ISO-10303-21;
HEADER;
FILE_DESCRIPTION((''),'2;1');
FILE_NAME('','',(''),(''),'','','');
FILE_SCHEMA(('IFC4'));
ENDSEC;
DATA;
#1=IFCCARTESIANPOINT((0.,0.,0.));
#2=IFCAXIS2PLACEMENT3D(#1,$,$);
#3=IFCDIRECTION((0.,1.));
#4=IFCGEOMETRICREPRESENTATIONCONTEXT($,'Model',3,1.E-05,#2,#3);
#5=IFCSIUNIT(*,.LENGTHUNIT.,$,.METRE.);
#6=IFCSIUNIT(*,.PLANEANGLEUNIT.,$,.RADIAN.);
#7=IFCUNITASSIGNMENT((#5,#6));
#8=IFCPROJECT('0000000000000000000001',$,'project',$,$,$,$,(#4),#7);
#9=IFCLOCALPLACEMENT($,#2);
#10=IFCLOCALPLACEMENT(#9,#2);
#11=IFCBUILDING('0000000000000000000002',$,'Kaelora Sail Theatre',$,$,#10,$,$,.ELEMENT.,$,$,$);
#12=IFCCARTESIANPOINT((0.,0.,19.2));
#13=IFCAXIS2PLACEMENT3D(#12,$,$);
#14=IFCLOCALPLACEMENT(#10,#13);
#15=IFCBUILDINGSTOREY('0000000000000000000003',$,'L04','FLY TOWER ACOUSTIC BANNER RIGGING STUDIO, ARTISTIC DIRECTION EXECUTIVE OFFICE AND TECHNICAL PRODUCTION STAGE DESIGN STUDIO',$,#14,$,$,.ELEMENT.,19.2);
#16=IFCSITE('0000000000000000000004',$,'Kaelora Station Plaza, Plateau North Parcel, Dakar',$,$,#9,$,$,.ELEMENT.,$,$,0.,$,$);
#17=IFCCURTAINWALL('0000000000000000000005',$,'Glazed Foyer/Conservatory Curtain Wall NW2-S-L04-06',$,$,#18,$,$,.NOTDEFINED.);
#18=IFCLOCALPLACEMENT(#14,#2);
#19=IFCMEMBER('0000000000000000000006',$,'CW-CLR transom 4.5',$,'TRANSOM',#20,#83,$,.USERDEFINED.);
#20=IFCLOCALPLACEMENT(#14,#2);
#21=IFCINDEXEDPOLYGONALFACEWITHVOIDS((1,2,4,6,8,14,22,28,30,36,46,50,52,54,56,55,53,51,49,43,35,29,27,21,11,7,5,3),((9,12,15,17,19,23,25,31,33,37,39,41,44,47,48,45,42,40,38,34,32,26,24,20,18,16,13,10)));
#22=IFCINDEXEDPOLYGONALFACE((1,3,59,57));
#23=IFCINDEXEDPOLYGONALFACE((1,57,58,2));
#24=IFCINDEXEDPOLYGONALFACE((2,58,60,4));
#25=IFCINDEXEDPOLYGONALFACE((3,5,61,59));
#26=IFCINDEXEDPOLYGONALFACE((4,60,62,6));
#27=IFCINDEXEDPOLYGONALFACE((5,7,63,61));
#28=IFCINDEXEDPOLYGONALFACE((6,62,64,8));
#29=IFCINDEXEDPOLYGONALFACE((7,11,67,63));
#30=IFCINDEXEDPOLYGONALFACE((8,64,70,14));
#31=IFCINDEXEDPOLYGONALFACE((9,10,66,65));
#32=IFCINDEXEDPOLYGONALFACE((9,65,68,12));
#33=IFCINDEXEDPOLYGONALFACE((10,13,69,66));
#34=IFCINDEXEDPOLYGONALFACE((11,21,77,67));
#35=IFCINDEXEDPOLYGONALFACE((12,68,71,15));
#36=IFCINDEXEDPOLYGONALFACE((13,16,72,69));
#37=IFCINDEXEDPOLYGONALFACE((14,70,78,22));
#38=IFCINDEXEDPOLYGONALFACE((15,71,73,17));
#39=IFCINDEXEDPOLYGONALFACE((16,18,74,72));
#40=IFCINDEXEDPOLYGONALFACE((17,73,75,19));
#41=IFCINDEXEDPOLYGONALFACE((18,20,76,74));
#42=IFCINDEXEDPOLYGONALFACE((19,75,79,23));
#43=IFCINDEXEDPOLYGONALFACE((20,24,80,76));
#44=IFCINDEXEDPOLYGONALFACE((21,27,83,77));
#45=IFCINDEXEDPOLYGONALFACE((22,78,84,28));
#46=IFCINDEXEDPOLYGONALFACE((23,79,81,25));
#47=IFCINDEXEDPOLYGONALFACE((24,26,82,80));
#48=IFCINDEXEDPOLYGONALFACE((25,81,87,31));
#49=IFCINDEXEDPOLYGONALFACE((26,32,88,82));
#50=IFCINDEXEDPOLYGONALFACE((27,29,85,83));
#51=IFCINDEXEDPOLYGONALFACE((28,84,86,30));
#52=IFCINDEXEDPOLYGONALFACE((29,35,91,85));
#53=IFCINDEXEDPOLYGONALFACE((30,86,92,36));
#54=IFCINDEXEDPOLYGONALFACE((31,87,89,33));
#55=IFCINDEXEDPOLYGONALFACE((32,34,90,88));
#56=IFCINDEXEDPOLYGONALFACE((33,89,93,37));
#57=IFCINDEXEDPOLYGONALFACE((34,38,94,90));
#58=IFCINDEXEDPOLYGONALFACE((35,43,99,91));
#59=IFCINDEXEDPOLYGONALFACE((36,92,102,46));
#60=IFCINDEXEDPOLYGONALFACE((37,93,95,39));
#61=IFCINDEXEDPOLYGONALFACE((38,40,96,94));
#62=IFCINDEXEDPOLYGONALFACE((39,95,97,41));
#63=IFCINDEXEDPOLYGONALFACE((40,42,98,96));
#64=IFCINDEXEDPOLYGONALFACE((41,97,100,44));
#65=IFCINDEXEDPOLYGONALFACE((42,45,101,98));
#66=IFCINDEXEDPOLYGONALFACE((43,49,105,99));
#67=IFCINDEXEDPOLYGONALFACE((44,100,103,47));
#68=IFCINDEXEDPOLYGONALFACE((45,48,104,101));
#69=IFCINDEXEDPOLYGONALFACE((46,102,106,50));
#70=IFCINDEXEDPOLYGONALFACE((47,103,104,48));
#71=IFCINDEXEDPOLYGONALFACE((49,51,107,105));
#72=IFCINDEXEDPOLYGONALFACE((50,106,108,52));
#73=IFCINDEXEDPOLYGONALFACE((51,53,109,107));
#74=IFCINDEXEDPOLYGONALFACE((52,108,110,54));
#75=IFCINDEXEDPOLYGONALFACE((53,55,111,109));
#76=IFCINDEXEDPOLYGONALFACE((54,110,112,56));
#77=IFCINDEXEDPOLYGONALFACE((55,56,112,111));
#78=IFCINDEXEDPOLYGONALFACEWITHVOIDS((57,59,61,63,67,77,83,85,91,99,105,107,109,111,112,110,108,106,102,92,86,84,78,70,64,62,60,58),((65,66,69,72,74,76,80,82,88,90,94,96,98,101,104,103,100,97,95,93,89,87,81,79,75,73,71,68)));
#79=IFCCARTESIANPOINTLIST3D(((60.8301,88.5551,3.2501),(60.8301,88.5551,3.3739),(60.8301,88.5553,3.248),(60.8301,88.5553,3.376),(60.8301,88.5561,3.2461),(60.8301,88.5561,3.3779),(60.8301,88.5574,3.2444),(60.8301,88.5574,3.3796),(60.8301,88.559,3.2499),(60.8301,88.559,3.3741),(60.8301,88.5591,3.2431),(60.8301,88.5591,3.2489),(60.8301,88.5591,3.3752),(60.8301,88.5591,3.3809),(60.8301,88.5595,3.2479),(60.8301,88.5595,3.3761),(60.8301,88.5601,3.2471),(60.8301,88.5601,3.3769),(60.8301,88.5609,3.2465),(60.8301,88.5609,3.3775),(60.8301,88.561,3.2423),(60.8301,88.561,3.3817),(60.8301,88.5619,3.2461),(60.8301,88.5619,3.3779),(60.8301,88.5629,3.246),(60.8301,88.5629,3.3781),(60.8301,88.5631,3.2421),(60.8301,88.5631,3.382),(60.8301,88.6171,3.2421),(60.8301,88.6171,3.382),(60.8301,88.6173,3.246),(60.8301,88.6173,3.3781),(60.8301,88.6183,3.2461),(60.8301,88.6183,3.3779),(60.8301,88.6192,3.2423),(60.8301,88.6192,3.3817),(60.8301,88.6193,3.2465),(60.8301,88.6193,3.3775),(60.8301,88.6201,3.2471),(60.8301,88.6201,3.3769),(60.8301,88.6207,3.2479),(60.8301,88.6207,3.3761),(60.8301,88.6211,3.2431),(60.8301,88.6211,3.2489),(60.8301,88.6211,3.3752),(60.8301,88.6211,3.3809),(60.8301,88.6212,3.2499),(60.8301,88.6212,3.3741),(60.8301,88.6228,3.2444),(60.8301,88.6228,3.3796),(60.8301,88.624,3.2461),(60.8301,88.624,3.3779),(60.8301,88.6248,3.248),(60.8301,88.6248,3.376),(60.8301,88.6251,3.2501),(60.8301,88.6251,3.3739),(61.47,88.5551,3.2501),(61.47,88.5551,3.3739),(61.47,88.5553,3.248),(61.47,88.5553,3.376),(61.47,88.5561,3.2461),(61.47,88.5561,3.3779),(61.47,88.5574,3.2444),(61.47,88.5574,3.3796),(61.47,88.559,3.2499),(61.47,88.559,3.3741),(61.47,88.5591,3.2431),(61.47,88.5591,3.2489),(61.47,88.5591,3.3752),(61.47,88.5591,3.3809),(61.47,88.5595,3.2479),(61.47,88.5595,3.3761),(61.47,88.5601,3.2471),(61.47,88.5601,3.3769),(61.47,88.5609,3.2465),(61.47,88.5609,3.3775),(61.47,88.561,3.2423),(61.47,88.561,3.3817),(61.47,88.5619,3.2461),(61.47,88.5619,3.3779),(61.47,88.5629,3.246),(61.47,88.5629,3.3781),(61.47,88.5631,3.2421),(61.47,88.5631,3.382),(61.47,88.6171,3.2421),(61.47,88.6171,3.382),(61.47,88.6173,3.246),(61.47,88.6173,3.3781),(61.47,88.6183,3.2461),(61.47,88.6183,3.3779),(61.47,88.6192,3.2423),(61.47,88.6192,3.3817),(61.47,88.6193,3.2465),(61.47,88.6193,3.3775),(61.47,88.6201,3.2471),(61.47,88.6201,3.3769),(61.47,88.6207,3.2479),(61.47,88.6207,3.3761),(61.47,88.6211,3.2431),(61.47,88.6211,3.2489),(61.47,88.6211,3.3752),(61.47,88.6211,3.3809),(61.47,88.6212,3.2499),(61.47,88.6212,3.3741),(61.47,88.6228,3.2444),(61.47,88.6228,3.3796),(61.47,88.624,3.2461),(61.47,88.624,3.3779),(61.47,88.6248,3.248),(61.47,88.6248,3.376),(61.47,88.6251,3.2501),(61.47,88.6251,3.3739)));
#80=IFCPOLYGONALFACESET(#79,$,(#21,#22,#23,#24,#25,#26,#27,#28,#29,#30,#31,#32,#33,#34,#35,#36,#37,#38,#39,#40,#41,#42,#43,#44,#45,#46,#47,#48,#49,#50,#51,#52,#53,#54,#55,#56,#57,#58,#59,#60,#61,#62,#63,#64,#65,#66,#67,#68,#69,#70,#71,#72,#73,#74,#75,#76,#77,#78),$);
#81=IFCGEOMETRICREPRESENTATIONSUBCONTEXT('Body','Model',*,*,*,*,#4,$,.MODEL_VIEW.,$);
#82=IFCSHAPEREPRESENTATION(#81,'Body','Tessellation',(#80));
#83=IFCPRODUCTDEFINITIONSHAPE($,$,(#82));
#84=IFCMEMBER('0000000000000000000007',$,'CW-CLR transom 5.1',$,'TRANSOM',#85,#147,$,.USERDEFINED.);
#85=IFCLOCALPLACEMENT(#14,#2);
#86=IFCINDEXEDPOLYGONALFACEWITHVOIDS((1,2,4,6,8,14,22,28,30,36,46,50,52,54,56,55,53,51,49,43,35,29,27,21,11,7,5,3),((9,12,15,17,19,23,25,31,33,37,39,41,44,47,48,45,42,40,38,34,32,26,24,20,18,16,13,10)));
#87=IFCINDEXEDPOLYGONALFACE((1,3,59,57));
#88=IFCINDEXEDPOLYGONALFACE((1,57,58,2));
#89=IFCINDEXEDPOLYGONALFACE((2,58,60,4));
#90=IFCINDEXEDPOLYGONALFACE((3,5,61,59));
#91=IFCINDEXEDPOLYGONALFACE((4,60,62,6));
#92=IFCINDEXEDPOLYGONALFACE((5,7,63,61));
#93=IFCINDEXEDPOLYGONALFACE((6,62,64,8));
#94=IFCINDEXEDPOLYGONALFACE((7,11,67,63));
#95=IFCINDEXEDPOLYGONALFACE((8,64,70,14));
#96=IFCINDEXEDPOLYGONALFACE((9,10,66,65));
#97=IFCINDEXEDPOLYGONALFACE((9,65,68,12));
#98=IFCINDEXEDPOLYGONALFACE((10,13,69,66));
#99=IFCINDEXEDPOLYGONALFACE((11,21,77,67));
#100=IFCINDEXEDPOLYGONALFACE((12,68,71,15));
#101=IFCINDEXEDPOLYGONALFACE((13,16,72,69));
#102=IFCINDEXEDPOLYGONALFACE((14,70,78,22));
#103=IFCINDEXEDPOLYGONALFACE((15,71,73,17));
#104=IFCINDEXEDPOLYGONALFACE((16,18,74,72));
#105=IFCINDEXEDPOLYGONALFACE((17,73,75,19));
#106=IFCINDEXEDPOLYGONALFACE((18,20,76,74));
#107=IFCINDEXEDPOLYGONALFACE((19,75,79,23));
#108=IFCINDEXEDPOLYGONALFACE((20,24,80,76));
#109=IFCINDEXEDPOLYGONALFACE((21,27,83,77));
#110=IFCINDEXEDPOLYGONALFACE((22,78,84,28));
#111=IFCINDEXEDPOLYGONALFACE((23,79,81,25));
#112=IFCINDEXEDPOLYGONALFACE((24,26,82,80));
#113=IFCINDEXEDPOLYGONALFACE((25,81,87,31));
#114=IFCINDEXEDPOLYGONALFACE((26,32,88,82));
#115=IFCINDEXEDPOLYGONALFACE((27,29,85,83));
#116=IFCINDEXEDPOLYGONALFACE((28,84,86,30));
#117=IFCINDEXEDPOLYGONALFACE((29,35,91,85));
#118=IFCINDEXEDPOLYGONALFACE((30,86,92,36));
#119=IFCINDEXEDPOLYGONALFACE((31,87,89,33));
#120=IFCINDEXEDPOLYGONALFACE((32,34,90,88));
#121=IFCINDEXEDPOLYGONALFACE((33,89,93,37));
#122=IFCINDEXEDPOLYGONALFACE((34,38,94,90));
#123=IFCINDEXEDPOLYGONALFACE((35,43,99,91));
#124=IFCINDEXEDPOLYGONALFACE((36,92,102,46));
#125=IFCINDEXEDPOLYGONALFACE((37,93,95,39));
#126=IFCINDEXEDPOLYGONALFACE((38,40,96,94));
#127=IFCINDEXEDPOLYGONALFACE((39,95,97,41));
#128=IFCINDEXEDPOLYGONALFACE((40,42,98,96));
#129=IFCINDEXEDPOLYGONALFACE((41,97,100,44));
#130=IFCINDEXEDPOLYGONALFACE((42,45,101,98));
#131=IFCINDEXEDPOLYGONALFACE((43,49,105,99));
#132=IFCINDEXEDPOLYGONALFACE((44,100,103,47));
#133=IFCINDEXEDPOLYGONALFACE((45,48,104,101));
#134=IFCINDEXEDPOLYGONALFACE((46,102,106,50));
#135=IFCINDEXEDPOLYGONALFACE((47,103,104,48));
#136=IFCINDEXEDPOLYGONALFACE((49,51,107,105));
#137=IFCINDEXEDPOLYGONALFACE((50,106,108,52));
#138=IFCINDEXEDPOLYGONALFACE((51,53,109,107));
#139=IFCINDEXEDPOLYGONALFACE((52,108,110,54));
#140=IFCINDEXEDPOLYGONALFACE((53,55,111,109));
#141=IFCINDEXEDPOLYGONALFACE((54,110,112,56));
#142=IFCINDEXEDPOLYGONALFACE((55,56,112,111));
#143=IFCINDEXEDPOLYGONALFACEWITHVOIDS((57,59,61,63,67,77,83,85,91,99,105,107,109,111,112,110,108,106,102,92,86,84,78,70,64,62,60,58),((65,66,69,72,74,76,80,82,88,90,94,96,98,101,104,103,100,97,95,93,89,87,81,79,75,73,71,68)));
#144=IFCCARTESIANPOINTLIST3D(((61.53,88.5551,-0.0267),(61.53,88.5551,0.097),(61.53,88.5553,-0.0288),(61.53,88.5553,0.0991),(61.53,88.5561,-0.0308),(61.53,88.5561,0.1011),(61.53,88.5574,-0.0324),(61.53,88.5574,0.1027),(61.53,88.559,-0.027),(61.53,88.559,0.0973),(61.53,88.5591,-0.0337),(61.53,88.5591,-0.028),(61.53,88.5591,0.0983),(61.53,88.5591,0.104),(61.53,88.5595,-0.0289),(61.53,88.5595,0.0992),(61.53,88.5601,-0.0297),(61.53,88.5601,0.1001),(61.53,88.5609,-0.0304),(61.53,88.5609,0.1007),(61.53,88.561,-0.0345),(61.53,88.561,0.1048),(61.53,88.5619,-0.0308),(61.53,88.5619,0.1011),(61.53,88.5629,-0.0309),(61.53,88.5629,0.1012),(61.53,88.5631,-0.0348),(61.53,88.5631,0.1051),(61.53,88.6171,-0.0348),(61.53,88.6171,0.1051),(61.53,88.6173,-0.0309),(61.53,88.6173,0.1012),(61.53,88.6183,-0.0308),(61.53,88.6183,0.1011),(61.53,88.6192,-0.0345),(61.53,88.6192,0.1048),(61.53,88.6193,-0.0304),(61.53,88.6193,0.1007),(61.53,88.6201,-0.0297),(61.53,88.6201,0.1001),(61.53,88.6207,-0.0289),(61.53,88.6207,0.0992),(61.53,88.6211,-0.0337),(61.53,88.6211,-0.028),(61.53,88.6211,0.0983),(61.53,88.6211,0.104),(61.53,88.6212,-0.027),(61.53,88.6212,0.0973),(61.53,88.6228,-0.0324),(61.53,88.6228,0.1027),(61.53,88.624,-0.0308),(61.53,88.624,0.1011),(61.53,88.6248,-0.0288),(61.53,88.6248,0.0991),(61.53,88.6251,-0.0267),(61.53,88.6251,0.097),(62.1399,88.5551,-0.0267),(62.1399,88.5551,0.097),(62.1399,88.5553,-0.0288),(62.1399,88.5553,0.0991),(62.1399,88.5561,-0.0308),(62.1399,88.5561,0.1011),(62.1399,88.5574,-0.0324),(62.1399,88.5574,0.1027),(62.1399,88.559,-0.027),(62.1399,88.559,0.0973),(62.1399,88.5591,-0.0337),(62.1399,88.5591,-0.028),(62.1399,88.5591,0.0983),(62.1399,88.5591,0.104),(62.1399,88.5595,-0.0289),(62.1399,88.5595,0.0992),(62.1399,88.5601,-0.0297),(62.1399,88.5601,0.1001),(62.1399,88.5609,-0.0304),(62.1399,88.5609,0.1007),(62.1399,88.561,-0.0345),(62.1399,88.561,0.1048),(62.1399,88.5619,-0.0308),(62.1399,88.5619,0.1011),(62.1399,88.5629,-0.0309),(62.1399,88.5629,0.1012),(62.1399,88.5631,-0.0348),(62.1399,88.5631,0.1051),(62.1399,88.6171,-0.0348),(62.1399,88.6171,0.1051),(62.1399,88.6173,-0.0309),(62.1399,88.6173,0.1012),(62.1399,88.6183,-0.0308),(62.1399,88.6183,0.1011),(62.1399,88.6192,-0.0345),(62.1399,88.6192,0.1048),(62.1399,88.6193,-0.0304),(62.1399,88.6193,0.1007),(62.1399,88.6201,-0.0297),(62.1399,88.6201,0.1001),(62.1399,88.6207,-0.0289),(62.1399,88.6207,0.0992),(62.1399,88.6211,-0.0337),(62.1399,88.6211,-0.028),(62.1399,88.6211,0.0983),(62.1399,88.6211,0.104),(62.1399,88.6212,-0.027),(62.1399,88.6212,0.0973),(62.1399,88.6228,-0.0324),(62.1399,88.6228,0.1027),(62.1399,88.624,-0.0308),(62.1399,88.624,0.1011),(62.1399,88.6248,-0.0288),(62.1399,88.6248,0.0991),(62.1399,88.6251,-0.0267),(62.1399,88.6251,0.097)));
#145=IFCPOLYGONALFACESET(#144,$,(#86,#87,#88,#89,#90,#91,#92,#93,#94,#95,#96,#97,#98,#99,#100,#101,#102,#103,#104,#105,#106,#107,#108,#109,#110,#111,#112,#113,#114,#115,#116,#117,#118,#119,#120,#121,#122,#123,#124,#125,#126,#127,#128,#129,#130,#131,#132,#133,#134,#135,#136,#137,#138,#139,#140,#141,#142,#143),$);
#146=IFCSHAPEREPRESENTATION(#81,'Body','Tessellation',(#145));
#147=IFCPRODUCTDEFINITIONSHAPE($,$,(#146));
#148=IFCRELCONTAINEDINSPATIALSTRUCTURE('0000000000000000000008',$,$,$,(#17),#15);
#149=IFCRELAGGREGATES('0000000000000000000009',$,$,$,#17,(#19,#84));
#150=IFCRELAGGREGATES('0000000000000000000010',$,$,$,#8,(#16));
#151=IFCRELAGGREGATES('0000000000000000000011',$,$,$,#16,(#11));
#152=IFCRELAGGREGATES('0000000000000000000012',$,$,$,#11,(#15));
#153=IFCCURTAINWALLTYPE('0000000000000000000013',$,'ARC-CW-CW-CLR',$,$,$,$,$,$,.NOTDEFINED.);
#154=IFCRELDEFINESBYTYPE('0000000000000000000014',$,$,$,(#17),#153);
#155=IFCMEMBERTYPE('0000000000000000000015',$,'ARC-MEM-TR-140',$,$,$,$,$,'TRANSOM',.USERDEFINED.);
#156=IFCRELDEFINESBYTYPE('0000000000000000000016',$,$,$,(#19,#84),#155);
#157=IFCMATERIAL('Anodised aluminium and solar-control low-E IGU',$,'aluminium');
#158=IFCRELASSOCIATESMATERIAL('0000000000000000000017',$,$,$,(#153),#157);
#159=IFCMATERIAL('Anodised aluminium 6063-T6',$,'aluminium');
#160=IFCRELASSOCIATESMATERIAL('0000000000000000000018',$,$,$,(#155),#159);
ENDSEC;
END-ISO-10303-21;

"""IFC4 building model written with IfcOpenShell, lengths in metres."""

from ifc_helpers import new_model, si_unit, direction, frame, origin, origin_2d, place, context, subcontext, project, spatial, hollow_rectangle, extrude, material, material_profile, profile_set, type_object, element, aggregate, save


model = new_model("IFC4")

# Units and contexts
model_context = context("Model", 3, precision=1e-05, world=origin(), true_north=direction((0.0, 1.0)))
body_context = subcontext(model_context, "Body", "Model", "MODEL_VIEW")
ifc_project = project(units=[si_unit("LENGTHUNIT", "METRE"), si_unit("PLANEANGLEUNIT", "RADIAN")], contexts=[model_context])

# Site, building, storey
site_placement = place(None, origin())
site = spatial("IfcSite", under=ifc_project, at=site_placement, Name="Kaelora Station Plaza, Plateau North Parcel, Dakar", CompositionType="ELEMENT", RefElevation=0.0)
building_placement = place(site_placement, origin())
building = spatial("IfcBuilding", under=site, at=building_placement, Name="Kaelora Sail Theatre", CompositionType="ELEMENT")
storey_placement = place(building_placement, frame((0.0, 0.0, 19.2)))
storey = spatial("IfcBuildingStorey", under=building, at=storey_placement, Name="L04", Description="FLY TOWER ACOUSTIC BANNER RIGGING STUDIO, ARTISTIC DIRECTION EXECUTIVE OFFICE AND TECHNICAL PRODUCTION STAGE DESIGN STUDIO", CompositionType="ELEMENT", Elevation=19.2)

# Curtain wall
ifc_material_1 = material(Name="Anodised aluminium and solar-control low-E IGU", Category="aluminium")
curtain_wall_type = type_object("IfcCurtainWallType", Name="ARC-CW-CW-CLR", PredefinedType="NOTDEFINED", material=ifc_material_1)
curtain_wall_1_placement = place(storey_placement, origin())
curtain_wall_1 = element("IfcCurtainWall", 1, at=curtain_wall_1_placement, inside=storey, type_object=curtain_wall_type, Name="Glazed Foyer/Conservatory Curtain Wall NW2-S-L04-06", PredefinedType="NOTDEFINED")

# Members
ifc_material_2 = material(Name="Anodised aluminium 6063-T6", Category="aluminium")
ifc_material_profile_1 = material_profile(ifc_material_2, hollow_rectangle(XDim=0.0701, YDim=0.1399, WallThickness=0.0039, InnerFilletRadius=0.0039, OuterFilletRadius=0.0081, at=origin_2d()), Name="ALU-TRAN 70x140x4")
ifc_profile_set_1 = profile_set([ifc_material_profile_1], Name="Anodised aluminium 6063-T6")
member_type_1 = type_object("IfcMemberType", Name="ARC-MEM-TR-140", ElementType="TRANSOM", PredefinedType="USERDEFINED", material=ifc_profile_set_1)
member_1_placement = place(storey_placement, frame((60.8301, 88.5901, 3.312), z_axis=(1.0, 0.0, 0.0), x_axis=(0.0, 1.0, 0.0)))
member_1 = element("IfcMember", 2, at=member_1_placement, type_object=member_type_1, Name="CW-CLR transom 4.5", ObjectType="TRANSOM", PredefinedType="USERDEFINED", context=body_context, shape_type="SweptSolid", body=[
    extrude(hollow_rectangle(XDim=0.0701, YDim=0.1399, WallThickness=0.0039, InnerFilletRadius=0.0039, OuterFilletRadius=0.0081, at=origin_2d()), origin(), (0.0, 0.0, 1.0), 0.6399),
])
member_2_placement = place(storey_placement, frame((61.53, 88.5901, 0.0352), z_axis=(1.0, 0.0, 0.0), x_axis=(0.0, 1.0, 0.0)))
member_2 = element("IfcMember", 3, at=member_2_placement, type_object=member_type_1, Name="CW-CLR transom 5.1", ObjectType="TRANSOM", PredefinedType="USERDEFINED", context=body_context, shape_type="SweptSolid", body=[
    extrude(hollow_rectangle(XDim=0.0701, YDim=0.1399, WallThickness=0.0039, InnerFilletRadius=0.0039, OuterFilletRadius=0.0081, at=origin_2d()), origin(), (0.0, 0.0, 1.0), 0.6099),
])

aggregate(curtain_wall_1, [member_1, member_2])

save(model, "model.ifc")
